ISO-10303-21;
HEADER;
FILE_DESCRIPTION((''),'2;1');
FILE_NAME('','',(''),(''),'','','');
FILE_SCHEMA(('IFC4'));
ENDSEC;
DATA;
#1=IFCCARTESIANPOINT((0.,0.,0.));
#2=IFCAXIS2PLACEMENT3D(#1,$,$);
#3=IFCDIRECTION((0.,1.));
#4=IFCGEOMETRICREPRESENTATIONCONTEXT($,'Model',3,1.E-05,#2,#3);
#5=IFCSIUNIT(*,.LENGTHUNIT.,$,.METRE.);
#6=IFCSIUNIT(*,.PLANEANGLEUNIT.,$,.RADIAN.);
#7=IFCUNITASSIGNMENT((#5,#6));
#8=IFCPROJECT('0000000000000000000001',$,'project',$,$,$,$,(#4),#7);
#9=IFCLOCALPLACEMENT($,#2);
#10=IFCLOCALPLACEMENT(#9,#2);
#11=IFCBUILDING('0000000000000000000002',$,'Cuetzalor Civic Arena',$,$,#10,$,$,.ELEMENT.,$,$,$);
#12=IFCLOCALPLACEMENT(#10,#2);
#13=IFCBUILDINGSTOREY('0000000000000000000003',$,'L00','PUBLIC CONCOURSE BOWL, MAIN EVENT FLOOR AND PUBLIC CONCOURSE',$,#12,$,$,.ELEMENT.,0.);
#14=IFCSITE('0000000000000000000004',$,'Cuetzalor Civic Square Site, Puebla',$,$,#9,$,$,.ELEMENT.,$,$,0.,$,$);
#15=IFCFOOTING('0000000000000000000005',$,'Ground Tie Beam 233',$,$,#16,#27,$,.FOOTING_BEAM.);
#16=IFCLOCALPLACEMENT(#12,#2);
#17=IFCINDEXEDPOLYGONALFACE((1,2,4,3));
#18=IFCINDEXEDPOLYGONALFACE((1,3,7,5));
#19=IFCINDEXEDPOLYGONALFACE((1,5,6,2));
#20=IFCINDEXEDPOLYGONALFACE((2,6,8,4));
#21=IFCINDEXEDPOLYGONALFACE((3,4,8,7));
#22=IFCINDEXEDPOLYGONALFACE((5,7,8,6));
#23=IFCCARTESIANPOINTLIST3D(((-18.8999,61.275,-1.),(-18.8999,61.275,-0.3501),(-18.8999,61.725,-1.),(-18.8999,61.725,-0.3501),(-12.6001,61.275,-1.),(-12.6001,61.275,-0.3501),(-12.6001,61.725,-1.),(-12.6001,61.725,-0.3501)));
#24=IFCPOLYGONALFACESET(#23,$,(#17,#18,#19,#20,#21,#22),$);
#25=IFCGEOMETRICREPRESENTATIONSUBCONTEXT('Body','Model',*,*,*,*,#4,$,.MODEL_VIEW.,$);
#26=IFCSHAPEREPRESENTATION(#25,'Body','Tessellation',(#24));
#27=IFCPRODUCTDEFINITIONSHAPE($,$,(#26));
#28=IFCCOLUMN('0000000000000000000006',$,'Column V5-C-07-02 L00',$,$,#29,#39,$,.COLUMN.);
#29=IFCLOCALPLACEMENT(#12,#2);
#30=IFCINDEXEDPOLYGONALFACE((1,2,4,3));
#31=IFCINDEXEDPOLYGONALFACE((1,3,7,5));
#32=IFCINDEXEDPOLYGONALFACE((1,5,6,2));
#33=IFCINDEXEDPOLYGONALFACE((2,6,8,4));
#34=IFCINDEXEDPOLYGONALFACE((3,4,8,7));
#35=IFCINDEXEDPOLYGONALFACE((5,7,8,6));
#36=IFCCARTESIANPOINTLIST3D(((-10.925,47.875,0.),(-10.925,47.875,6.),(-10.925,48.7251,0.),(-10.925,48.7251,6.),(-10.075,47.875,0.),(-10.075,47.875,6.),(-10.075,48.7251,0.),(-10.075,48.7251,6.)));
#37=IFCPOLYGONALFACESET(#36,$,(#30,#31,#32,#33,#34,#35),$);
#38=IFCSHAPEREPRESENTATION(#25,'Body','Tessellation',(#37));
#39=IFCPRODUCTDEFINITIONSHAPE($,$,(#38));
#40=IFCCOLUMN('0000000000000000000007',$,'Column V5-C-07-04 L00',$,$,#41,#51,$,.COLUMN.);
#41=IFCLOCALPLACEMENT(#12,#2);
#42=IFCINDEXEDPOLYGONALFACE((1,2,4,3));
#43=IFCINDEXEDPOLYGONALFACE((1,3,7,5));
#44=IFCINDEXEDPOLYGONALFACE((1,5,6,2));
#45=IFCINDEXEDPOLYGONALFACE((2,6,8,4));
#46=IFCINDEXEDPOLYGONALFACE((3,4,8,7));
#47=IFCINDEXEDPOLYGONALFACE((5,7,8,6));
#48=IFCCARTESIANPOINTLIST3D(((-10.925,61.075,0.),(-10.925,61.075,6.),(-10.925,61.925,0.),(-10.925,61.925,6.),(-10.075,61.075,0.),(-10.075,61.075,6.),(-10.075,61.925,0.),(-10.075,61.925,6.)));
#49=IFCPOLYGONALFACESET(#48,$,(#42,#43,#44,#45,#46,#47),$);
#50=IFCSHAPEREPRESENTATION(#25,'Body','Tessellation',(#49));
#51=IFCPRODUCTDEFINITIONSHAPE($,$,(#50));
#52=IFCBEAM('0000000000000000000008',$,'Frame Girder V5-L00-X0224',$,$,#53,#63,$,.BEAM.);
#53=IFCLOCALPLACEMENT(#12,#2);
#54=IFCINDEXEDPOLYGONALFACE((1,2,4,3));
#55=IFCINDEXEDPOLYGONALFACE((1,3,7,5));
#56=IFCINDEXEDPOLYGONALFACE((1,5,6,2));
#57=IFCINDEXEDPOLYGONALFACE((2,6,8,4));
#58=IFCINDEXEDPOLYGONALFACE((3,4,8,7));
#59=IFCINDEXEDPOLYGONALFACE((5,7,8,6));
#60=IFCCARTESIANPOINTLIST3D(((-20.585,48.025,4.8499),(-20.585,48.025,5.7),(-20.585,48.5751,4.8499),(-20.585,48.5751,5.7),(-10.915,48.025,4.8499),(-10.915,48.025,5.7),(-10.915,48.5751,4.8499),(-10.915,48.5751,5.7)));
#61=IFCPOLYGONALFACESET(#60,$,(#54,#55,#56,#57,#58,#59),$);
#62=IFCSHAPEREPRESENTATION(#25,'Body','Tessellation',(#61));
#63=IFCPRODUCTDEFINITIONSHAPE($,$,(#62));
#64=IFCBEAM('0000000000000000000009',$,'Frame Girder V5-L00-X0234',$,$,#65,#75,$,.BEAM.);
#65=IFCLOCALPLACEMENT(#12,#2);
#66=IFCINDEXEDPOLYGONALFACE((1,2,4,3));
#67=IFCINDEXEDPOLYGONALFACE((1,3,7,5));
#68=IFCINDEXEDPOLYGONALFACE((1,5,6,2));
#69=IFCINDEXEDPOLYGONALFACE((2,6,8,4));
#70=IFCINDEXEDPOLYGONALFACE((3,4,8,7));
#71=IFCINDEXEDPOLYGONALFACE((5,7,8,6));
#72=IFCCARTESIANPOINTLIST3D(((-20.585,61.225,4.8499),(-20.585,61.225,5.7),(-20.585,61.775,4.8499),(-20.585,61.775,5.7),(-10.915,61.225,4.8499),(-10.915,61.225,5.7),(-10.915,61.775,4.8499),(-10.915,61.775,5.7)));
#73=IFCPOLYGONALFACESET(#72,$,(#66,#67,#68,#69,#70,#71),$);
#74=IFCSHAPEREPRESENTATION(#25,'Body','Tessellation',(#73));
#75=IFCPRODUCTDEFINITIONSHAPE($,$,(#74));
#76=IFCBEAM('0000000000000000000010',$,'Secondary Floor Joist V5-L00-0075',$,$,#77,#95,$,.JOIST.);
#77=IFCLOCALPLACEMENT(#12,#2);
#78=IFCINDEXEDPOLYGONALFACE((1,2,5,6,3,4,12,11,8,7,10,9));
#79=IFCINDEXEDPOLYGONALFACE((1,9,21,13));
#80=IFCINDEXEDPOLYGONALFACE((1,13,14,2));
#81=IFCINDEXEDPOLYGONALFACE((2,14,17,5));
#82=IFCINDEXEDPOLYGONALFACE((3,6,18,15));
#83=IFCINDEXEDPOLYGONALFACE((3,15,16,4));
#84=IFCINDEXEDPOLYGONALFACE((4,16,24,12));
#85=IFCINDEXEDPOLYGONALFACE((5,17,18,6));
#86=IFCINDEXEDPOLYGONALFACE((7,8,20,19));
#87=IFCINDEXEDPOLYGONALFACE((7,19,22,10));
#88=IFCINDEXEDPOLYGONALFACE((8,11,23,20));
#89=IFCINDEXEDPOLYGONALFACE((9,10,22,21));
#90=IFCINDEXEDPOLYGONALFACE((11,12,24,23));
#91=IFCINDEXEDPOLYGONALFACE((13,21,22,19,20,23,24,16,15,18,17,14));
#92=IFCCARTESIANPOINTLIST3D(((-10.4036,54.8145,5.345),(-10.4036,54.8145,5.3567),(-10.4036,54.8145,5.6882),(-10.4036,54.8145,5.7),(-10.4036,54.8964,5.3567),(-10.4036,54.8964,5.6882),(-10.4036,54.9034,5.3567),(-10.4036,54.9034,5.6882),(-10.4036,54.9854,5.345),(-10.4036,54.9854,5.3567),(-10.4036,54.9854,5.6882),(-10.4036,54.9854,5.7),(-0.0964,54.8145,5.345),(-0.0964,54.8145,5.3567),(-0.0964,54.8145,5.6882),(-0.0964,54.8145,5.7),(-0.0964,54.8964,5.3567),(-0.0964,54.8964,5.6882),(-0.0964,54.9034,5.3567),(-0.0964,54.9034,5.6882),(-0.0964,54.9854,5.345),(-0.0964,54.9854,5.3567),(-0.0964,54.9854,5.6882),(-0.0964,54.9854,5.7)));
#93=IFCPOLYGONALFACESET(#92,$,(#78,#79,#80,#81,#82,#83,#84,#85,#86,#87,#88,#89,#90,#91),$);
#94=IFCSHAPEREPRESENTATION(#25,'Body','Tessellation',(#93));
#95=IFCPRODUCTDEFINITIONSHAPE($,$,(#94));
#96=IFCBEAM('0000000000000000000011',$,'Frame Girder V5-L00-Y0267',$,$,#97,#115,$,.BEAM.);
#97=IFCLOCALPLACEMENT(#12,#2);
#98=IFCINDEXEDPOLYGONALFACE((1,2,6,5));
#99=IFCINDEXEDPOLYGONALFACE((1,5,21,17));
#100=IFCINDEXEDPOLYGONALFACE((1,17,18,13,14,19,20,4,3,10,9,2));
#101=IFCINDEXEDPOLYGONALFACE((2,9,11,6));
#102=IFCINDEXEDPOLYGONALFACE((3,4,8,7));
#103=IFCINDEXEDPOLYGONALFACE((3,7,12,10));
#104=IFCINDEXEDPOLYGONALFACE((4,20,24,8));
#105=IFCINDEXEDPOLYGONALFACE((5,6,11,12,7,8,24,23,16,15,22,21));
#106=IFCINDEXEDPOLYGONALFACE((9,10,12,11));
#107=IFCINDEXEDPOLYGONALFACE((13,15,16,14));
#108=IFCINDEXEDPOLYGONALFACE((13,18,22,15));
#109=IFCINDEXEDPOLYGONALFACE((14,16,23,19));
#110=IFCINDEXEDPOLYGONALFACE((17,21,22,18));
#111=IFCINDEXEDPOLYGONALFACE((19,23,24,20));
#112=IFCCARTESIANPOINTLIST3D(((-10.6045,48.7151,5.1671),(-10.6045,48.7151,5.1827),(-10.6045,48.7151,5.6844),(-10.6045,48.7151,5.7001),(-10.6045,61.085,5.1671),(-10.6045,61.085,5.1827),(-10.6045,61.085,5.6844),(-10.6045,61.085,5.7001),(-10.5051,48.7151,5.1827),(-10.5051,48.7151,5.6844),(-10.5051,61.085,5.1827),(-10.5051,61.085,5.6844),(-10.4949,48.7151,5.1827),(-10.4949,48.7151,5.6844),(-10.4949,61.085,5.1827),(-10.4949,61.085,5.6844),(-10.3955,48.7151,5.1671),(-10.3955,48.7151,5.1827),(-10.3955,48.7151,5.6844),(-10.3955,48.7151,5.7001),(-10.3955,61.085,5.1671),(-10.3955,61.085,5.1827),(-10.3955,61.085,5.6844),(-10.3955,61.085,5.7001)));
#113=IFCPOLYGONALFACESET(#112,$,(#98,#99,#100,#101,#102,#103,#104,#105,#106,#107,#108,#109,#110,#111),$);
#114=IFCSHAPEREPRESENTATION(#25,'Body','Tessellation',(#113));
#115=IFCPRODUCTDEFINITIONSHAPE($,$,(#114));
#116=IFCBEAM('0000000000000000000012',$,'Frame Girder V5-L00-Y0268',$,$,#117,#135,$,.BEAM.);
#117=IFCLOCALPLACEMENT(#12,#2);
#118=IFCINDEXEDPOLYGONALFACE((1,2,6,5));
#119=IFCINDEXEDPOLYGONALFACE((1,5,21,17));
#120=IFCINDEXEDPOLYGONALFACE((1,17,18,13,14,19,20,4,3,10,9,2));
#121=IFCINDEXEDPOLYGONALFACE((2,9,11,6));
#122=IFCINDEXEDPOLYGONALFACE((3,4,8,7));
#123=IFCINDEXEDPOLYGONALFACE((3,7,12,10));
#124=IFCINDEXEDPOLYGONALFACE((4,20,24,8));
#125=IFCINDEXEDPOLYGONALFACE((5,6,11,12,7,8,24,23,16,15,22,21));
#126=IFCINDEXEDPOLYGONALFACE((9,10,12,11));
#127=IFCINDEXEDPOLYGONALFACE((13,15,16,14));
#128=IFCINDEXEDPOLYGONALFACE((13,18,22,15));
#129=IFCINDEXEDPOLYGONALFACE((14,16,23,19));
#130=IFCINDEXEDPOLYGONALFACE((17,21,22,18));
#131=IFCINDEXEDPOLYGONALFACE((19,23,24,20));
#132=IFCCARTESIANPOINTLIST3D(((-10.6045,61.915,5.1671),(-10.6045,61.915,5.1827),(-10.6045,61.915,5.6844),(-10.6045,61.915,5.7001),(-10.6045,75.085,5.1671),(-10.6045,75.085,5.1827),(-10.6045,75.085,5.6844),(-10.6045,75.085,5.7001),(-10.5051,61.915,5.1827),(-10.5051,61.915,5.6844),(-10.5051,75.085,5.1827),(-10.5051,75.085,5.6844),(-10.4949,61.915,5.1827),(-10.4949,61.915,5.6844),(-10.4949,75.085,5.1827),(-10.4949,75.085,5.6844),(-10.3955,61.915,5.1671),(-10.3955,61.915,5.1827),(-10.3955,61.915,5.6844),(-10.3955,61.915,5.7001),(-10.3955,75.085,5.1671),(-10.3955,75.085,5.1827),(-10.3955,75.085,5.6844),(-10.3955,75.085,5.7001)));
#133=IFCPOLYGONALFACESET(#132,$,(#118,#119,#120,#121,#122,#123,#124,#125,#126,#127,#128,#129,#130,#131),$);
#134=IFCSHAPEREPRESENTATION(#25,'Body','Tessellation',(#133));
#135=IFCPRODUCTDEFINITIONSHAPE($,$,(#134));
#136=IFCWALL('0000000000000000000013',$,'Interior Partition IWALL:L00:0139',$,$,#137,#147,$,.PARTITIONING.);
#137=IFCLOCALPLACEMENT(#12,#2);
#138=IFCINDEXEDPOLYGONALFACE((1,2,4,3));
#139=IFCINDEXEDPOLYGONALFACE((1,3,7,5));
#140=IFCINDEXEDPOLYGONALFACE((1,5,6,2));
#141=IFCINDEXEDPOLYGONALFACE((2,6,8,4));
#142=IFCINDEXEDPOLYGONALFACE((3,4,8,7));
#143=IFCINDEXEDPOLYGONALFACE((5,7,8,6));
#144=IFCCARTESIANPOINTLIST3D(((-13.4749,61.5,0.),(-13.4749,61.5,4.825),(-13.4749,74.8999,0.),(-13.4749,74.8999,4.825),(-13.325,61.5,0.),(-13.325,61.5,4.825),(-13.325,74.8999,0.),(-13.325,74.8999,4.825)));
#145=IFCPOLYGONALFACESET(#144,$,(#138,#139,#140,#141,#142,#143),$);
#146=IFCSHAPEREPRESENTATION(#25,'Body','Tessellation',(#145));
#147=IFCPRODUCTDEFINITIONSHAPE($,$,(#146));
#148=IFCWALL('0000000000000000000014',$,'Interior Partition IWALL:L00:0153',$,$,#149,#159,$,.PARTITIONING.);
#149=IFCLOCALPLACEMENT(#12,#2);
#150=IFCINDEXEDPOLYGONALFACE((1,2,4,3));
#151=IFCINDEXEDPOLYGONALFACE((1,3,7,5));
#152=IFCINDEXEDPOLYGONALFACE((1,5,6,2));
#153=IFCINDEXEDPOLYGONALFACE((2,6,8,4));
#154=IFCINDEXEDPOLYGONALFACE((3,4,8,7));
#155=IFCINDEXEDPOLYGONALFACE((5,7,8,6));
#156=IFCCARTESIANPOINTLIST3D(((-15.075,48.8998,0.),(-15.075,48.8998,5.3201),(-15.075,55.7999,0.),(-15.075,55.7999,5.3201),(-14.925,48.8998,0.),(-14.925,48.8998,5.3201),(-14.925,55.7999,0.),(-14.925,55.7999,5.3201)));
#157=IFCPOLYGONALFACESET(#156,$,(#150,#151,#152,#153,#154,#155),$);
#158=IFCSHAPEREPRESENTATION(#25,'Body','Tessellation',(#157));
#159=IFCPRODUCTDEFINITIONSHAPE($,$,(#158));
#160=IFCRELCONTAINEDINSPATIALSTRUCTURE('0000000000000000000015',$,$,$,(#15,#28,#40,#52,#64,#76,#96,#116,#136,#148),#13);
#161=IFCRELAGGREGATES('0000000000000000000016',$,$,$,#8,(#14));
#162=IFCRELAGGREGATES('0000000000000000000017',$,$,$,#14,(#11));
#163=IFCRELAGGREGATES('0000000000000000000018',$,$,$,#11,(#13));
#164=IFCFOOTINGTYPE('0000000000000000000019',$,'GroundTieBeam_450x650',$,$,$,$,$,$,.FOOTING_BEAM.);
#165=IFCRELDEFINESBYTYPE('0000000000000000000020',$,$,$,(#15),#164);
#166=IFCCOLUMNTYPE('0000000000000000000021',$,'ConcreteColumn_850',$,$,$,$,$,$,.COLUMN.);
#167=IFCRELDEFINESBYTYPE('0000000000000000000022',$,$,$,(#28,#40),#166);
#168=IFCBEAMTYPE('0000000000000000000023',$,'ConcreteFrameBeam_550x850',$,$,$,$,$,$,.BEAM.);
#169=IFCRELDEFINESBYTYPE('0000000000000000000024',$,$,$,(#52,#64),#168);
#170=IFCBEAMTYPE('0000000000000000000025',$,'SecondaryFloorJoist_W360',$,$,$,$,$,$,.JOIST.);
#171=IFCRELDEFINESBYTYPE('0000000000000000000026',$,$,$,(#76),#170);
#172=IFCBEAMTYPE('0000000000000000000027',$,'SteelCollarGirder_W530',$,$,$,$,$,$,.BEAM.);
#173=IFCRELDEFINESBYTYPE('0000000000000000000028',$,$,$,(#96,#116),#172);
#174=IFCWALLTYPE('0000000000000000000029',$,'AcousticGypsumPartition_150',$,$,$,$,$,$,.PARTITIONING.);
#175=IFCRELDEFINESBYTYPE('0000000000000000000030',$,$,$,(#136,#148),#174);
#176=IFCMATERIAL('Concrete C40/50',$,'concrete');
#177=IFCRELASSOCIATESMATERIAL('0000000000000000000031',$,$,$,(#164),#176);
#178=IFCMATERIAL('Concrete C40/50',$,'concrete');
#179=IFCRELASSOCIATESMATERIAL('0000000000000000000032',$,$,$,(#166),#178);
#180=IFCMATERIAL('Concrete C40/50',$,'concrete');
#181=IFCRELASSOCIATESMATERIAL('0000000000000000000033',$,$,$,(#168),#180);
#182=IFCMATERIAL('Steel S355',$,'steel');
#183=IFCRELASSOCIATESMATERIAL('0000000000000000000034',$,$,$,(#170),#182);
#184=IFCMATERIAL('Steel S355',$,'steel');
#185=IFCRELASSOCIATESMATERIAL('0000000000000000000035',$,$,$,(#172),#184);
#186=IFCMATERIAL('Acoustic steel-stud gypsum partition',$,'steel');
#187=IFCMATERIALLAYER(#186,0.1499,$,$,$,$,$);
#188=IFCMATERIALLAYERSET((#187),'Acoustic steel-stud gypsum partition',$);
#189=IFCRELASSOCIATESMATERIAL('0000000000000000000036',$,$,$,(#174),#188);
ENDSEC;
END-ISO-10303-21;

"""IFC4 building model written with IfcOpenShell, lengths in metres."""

from ifc_helpers import new_model, si_unit, direction, frame, frame_2d, origin, origin_2d, place, context, subcontext, project, spatial, rectangle, i_section, extrude, material, layer, layer_set, material_profile, profile_set, type_object, element, save


model = new_model("IFC4")

# Units and contexts
model_context = context("Model", 3, precision=1e-05, world=origin(), true_north=direction((0.0, 1.0)))
body_context = subcontext(model_context, "Body", "Model", "MODEL_VIEW")
ifc_project = project(units=[si_unit("LENGTHUNIT", "METRE"), si_unit("PLANEANGLEUNIT", "RADIAN")], contexts=[model_context])

# Site, building, storey
site_placement = place(None, origin())
site = spatial("IfcSite", under=ifc_project, at=site_placement, Name="Cuetzalor Civic Square Site, Puebla", CompositionType="ELEMENT", RefElevation=0.0)
building_placement = place(site_placement, origin())
building = spatial("IfcBuilding", under=site, at=building_placement, Name="Cuetzalor Civic Arena", CompositionType="ELEMENT")
storey_placement = place(building_placement, origin())
storey = spatial("IfcBuildingStorey", under=building, at=storey_placement, Name="L00", Description="PUBLIC CONCOURSE BOWL, MAIN EVENT FLOOR AND PUBLIC CONCOURSE", CompositionType="ELEMENT", Elevation=0.0)

# Footing
ifc_material_1 = material(Name="Concrete C40/50", Category="concrete")
ifc_material_profile_1 = material_profile(ifc_material_1, rectangle(XDim=0.45, YDim=0.6499, at=origin_2d()), Name="RC 450x650")
ifc_profile_set_1 = profile_set([ifc_material_profile_1], Name="Concrete C40/50")
footing_type_1 = type_object("IfcFootingType", Name="GroundTieBeam_450x650", PredefinedType="FOOTING_BEAM", material=ifc_profile_set_1)
footing_1_placement = place(storey_placement, frame((-18.8999, 61.5, -0.675), z_axis=(1.0, 0.0, 0.0), x_axis=(0.0, 1.0, 0.0)))
element("IfcFooting", 1, at=footing_1_placement, inside=storey, type_object=footing_type_1, Name="Ground Tie Beam 233", PredefinedType="FOOTING_BEAM", context=body_context, shape_type="SweptSolid", body=[
    extrude(rectangle(XDim=0.45, YDim=0.6499, at=origin_2d()), origin(), (0.0, 0.0, 1.0), 6.2998),
])

# Columns
ifc_material_2 = material(Name="Concrete C40/50", Category="concrete")
ifc_material_profile_2 = material_profile(ifc_material_2, rectangle(XDim=0.8501, YDim=0.8501, at=origin_2d()), Name="RC 850x850")
ifc_profile_set_2 = profile_set([ifc_material_profile_2], Name="Concrete C40/50")
column_type = type_object("IfcColumnType", Name="ConcreteColumn_850", PredefinedType="COLUMN", material=ifc_profile_set_2)
for number, where, z_axis, x_axis, name in (
    (2, (-10.5, 48.3, 0.0), (0.0, 0.0, 1.0), (1.0, 0.0, 0.0), "Column V5-C-07-02 L00"),
    (3, (-10.5, 61.5, 0.0), (0.0, 0.0, 1.0), (1.0, 0.0, 0.0), "Column V5-C-07-04 L00"),
):
    element("IfcColumn", number, at=place(storey_placement, frame(where, z_axis=z_axis, x_axis=x_axis)), inside=storey, type_object=column_type, Name=name, PredefinedType="COLUMN", context=body_context, shape_type="SweptSolid", body=[
        extrude(rectangle(XDim=0.8501, YDim=0.8501, at=origin_2d()), origin(), (0.0, 0.0, 1.0), 6.0),
    ])

# Beams
ifc_material_3 = material(Name="Concrete C40/50", Category="concrete")
ifc_material_profile_3 = material_profile(ifc_material_3, rectangle(XDim=0.55, YDim=0.8501, at=origin_2d()), Name="RC 550x850")
ifc_profile_set_3 = profile_set([ifc_material_profile_3], Name="Concrete C40/50")
beam_type_1 = type_object("IfcBeamType", Name="ConcreteFrameBeam_550x850", PredefinedType="BEAM", material=ifc_profile_set_3)
for number, where, z_axis, x_axis, name in (
    (4, (-20.585, 48.3, 5.2749), (1.0, 0.0, 0.0), (0.0, 1.0, 0.0), "Frame Girder V5-L00-X0224"),
    (5, (-20.585, 61.5, 5.2749), (1.0, 0.0, 0.0), (0.0, 1.0, 0.0), "Frame Girder V5-L00-X0234"),
):
    element("IfcBeam", number, at=place(storey_placement, frame(where, z_axis=z_axis, x_axis=x_axis)), inside=storey, type_object=beam_type_1, Name=name, PredefinedType="BEAM", context=body_context, shape_type="SweptSolid", body=[
        extrude(rectangle(XDim=0.55, YDim=0.8501, at=origin_2d()), origin(), (0.0, 0.0, 1.0), 9.6699),
    ])
ifc_material_4 = material(Name="Steel S355", Category="steel")
ifc_material_profile_4 = material_profile(ifc_material_4, i_section(OverallWidth=0.1709, OverallDepth=0.355, WebThickness=0.0071, FlangeThickness=0.0117, at=origin_2d()), Name="W360x51")
ifc_profile_set_4 = profile_set([ifc_material_profile_4], Name="Steel S355")
beam_type_2 = type_object("IfcBeamType", Name="SecondaryFloorJoist_W360", PredefinedType="JOIST", material=ifc_profile_set_4)
beam_1_placement = place(storey_placement, frame((-10.4036, 54.8999, 5.5225), z_axis=(1.0, 0.0, 0.0), x_axis=(0.0, 1.0, 0.0)))
element("IfcBeam", 6, at=beam_1_placement, inside=storey, type_object=beam_type_2, Name="Secondary Floor Joist V5-L00-0075", PredefinedType="JOIST", context=body_context, shape_type="SweptSolid", body=[
    extrude(i_section(OverallWidth=0.1709, OverallDepth=0.355, WebThickness=0.0071, FlangeThickness=0.0117, at=origin_2d()), origin(), (0.0, 0.0, 1.0), 10.3071),
])
ifc_material_5 = material(Name="Steel S355", Category="steel")
ifc_material_profile_5 = material_profile(ifc_material_5, i_section(OverallWidth=0.209, OverallDepth=0.533, WebThickness=0.0103, FlangeThickness=0.0156, at=origin_2d()), Name="W530x92")
ifc_profile_set_5 = profile_set([ifc_material_profile_5], Name="Steel S355")
beam_type_3 = type_object("IfcBeamType", Name="SteelCollarGirder_W530", PredefinedType="BEAM", material=ifc_profile_set_5)
beam_2_placement = place(storey_placement, frame((-10.5, 48.7151, 5.4336), z_axis=(0.0, 1.0, 0.0), x_axis=(-1.0, 0.0, 0.0)))
element("IfcBeam", 7, at=beam_2_placement, inside=storey, type_object=beam_type_3, Name="Frame Girder V5-L00-Y0267", PredefinedType="BEAM", context=body_context, shape_type="SweptSolid", body=[
    extrude(i_section(OverallWidth=0.209, OverallDepth=0.533, WebThickness=0.0103, FlangeThickness=0.0156, at=origin_2d()), origin(), (0.0, 0.0, 1.0), 12.3699),
])
beam_3_placement = place(storey_placement, frame((-10.5, 61.915, 5.4336), z_axis=(0.0, 1.0, 0.0), x_axis=(-1.0, 0.0, 0.0)))
element("IfcBeam", 8, at=beam_3_placement, inside=storey, type_object=beam_type_3, Name="Frame Girder V5-L00-Y0268", PredefinedType="BEAM", context=body_context, shape_type="SweptSolid", body=[
    extrude(i_section(OverallWidth=0.209, OverallDepth=0.533, WebThickness=0.0103, FlangeThickness=0.0156, at=origin_2d()), origin(), (0.0, 0.0, 1.0), 13.1699),
])

# Walls
ifc_material_6 = material(Name="Acoustic steel-stud gypsum partition", Category="steel")
ifc_layer = layer(ifc_material_6, 0.1499)
ifc_layer_set = layer_set([ifc_layer], Name="Acoustic steel-stud gypsum partition")
wall_type = type_object("IfcWallType", Name="AcousticGypsumPartition_150", PredefinedType="PARTITIONING", material=ifc_layer_set)
wall_1_placement = place(storey_placement, frame((-13.3999, 61.5, 0.0), z_axis=(0.0, 0.0, 1.0), x_axis=(0.0, 1.0, 0.0)))
element("IfcWall", 9, at=wall_1_placement, inside=storey, type_object=wall_type, Name="Interior Partition IWALL:L00:0139", PredefinedType="PARTITIONING", context=body_context, shape_type="SweptSolid", body=[
    extrude(rectangle(XDim=13.3999, YDim=0.1499, at=frame_2d((6.7, 0.0))), origin(), (0.0, 0.0, 1.0), 4.825),
])
wall_2_placement = place(storey_placement, frame((-15.0, 55.8, 0.0), z_axis=(0.0, 0.0, 1.0), x_axis=(0.0, -1.0, 0.0)))
element("IfcWall", 10, at=wall_2_placement, inside=storey, type_object=wall_type, Name="Interior Partition IWALL:L00:0153", PredefinedType="PARTITIONING", context=body_context, shape_type="SweptSolid", body=[
    extrude(rectangle(XDim=6.9001, YDim=0.1499, at=frame_2d((3.4502, 0.0))), origin(), (0.0, 0.0, 1.0), 5.3201),
])

save(model, "model.ifc")
